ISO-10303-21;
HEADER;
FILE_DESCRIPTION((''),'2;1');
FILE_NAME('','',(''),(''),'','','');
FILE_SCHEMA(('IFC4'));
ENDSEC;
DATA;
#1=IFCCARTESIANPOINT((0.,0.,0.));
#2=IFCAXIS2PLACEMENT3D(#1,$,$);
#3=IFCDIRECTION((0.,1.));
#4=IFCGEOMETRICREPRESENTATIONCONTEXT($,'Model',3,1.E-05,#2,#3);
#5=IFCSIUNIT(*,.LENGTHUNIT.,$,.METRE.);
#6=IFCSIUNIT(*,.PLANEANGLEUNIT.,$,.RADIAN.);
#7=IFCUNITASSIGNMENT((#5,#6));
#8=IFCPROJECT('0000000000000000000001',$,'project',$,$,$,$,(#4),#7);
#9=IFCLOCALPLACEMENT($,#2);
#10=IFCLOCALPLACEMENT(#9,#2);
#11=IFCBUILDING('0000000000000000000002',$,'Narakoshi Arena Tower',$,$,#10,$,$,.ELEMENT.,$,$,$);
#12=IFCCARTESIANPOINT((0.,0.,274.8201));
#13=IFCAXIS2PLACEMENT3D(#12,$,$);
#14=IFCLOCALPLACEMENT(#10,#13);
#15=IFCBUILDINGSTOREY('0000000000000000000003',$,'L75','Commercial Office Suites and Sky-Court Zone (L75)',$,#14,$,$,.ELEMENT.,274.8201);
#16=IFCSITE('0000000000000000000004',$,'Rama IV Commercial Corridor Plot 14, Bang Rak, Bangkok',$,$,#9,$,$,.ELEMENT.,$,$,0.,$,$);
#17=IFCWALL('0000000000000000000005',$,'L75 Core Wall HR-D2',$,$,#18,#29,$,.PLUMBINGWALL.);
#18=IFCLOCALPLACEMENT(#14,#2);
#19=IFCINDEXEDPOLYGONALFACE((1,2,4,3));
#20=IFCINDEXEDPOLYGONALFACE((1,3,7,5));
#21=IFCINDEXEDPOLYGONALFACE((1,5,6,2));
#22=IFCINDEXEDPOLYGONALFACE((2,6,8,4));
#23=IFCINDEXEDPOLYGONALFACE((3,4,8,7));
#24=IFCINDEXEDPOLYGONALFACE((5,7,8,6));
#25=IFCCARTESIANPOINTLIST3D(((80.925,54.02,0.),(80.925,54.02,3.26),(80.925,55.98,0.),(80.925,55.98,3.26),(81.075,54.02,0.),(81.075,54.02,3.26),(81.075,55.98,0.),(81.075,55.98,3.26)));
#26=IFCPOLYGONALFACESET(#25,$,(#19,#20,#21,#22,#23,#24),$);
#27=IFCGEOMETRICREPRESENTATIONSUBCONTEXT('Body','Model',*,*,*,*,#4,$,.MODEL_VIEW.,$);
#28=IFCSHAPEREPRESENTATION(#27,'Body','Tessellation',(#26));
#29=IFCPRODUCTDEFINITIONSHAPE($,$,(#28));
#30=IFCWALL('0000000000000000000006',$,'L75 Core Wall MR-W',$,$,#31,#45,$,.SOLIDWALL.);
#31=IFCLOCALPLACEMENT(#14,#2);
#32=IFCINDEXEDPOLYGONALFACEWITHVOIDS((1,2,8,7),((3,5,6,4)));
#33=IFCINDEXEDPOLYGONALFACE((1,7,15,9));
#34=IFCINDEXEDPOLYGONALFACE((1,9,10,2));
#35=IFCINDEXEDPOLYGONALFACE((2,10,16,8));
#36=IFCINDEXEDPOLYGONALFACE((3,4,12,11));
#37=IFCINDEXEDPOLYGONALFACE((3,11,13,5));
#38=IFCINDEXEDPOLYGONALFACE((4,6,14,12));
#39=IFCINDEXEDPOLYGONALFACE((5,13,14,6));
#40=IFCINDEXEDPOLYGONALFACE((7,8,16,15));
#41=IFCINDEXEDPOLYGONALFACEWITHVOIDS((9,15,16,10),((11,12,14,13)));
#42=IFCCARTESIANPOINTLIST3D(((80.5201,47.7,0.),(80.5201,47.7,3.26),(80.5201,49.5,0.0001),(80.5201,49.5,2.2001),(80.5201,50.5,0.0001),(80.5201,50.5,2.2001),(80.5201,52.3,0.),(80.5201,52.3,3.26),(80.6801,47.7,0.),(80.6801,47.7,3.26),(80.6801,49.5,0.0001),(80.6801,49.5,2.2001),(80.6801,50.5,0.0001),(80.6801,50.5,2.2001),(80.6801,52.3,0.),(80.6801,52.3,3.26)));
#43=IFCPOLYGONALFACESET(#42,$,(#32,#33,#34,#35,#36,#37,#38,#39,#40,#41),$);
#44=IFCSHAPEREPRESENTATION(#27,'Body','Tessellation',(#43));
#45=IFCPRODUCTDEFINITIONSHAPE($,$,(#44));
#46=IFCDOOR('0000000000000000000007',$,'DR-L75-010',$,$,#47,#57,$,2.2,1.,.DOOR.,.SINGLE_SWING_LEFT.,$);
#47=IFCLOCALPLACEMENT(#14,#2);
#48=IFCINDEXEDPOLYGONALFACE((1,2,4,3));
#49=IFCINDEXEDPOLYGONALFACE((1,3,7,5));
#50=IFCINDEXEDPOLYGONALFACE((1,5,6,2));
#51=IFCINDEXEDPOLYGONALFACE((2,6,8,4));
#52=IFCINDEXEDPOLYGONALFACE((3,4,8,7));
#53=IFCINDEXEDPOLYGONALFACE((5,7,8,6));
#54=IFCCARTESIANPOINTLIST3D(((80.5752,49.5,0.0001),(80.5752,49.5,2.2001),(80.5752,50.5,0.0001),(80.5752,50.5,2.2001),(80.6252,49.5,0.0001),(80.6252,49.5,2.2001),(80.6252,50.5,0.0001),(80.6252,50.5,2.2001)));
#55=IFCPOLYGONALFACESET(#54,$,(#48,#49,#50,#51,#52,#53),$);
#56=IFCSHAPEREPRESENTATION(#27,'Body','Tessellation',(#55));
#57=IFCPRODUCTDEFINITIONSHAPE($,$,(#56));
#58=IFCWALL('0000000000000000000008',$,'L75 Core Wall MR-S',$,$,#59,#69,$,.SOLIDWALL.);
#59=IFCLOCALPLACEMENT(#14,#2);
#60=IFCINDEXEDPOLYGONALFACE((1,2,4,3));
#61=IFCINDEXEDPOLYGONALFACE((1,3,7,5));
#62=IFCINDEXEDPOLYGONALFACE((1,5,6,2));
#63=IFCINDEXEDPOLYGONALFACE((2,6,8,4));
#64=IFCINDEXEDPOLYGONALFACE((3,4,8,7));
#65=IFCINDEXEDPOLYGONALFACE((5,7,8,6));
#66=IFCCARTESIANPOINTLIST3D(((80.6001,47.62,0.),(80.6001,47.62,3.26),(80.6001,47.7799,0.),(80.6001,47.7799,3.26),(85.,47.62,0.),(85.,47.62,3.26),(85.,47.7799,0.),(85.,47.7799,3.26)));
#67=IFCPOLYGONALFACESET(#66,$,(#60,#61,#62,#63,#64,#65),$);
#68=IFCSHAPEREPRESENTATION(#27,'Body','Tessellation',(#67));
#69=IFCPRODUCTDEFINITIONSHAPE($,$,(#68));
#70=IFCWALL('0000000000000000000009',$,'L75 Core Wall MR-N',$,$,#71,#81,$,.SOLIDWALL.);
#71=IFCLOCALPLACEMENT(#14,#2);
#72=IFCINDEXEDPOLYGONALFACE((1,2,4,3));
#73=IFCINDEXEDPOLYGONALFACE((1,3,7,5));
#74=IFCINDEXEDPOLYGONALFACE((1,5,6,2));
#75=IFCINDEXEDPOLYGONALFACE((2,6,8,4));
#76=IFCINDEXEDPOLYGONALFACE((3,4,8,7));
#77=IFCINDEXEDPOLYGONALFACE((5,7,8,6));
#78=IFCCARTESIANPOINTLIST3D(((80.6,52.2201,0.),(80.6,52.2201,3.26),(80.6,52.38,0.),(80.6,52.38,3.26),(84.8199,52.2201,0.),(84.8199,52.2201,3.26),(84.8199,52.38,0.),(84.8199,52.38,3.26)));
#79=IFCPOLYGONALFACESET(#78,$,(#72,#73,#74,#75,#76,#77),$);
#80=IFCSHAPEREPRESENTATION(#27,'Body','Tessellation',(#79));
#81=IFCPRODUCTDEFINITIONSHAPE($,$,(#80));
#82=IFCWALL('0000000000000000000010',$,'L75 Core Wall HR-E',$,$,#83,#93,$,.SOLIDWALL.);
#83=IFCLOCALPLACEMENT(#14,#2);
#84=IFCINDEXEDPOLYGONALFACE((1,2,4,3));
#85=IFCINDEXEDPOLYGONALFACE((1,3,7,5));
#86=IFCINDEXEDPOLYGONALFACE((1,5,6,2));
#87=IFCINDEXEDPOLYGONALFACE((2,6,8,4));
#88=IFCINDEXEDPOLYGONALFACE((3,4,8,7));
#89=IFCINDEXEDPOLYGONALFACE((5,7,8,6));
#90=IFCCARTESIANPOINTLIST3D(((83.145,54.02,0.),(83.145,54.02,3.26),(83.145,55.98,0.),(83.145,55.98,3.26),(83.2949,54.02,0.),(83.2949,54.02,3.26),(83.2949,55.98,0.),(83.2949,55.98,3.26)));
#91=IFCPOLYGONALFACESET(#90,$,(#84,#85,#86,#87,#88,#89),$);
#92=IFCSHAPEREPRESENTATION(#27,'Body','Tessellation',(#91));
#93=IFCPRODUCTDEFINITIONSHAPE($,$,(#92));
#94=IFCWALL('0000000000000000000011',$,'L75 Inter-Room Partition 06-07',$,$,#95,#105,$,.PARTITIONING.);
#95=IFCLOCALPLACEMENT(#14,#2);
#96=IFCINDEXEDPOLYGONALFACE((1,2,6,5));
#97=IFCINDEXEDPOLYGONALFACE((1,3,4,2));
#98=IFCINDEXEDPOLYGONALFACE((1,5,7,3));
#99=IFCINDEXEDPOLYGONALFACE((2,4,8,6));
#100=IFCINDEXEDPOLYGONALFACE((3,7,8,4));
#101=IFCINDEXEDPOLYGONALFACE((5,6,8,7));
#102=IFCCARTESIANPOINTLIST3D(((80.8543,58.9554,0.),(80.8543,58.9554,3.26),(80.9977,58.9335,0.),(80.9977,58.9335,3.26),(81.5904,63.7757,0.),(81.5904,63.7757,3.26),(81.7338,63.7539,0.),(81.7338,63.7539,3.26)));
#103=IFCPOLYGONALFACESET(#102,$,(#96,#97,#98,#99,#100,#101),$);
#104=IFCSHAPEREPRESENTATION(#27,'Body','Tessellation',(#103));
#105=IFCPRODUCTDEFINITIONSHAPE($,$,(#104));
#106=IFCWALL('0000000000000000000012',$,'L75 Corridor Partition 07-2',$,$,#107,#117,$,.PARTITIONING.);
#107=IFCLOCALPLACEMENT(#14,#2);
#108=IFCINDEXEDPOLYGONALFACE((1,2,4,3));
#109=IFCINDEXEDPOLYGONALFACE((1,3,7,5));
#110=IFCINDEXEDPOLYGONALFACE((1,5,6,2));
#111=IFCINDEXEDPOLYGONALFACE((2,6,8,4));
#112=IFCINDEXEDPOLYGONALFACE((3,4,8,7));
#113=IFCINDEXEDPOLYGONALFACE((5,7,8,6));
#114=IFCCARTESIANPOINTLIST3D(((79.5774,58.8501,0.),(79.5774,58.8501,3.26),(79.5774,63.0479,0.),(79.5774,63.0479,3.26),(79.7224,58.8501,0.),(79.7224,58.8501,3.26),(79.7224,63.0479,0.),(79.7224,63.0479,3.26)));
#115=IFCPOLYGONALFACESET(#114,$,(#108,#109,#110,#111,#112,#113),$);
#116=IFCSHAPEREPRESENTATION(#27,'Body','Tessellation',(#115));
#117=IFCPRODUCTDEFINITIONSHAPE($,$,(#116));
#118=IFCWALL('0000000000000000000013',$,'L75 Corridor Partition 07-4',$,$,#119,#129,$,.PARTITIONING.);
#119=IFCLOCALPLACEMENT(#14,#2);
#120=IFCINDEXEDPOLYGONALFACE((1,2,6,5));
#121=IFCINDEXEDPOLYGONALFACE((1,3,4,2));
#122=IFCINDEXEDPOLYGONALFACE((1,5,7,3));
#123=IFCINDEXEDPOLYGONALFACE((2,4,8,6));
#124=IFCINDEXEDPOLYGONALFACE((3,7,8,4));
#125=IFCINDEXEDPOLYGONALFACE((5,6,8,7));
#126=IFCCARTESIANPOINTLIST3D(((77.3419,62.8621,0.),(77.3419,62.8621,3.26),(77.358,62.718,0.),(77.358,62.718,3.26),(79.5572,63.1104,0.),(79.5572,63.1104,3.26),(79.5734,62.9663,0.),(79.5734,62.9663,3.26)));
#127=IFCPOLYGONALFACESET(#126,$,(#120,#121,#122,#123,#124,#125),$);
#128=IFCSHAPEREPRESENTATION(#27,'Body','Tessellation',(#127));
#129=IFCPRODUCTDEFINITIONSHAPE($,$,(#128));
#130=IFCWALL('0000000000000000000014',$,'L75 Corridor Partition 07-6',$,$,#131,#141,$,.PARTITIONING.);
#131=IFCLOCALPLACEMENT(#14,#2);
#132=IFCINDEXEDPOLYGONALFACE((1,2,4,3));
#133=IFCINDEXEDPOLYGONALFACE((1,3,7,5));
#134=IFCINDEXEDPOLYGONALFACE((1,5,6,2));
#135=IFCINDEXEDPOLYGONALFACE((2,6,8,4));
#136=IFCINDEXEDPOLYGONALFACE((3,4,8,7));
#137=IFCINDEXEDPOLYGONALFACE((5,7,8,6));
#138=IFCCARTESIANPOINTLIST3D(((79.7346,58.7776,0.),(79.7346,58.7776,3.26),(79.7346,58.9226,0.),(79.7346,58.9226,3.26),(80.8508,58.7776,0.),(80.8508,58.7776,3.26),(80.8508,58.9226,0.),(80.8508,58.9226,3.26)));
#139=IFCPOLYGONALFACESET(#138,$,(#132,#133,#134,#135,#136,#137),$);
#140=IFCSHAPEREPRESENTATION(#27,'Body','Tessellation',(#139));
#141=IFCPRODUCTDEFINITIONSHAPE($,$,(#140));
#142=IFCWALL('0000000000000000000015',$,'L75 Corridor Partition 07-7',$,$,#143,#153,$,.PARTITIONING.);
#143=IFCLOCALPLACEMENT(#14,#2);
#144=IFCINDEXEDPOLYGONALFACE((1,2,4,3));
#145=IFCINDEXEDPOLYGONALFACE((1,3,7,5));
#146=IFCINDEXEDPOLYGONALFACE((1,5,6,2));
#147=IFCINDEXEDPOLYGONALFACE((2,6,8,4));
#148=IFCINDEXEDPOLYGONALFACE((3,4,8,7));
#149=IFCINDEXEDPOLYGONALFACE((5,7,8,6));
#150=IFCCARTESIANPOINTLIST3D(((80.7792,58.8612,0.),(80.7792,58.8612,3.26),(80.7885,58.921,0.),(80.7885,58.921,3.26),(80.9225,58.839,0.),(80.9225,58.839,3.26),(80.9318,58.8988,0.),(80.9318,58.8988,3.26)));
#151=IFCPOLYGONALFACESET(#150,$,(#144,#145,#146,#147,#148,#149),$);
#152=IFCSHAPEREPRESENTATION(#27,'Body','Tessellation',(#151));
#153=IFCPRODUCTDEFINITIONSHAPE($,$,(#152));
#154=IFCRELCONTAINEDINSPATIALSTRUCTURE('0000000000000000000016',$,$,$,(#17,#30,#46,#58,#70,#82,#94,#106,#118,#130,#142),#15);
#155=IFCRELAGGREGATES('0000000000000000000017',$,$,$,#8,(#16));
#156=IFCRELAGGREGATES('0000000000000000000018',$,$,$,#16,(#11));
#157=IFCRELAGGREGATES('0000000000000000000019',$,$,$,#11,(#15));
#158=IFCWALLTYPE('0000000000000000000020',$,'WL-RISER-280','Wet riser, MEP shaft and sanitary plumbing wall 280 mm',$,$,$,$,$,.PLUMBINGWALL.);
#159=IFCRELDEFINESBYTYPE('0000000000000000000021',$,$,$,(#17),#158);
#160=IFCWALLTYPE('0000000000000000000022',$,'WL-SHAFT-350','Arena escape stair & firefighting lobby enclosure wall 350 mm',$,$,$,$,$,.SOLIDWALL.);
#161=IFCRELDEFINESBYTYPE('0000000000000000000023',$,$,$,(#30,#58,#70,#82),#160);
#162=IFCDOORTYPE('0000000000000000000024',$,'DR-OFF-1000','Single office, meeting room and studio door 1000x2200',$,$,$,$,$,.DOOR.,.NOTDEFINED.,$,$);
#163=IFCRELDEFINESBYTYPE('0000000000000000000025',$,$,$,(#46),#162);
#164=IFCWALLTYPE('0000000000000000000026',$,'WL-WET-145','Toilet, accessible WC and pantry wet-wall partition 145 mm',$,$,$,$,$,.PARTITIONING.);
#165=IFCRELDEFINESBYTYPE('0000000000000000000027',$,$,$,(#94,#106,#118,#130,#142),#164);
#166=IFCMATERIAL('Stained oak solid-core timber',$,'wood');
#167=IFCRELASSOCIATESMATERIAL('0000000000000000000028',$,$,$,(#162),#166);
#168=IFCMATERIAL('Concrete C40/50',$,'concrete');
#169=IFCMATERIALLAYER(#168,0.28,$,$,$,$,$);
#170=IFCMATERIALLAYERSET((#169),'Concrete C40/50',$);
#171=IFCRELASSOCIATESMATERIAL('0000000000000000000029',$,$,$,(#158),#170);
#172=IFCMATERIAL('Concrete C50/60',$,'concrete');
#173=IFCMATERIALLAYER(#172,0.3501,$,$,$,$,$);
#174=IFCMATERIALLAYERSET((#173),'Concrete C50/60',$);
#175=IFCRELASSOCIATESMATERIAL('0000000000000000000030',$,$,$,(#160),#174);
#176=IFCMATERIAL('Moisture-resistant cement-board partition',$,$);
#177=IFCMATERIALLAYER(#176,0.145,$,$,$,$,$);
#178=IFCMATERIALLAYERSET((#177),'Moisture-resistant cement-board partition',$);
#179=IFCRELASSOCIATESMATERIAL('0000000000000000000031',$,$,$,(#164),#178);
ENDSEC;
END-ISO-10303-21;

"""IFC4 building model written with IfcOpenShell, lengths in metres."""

from ifc_helpers import new_model, si_unit, direction, frame, frame_2d, origin, place, context, subcontext, project, spatial, rectangle, extrude, material, layer, layer_set, type_object, element, fill, save


model = new_model("IFC4")

# Units and contexts
model_context = context("Model", 3, precision=1e-05, world=origin(), true_north=direction((0.0, 1.0)))
body_context = subcontext(model_context, "Body", "Model", "MODEL_VIEW")
ifc_project = project(units=[si_unit("LENGTHUNIT", "METRE"), si_unit("PLANEANGLEUNIT", "RADIAN")], contexts=[model_context])

# Site, building, storey
site_placement = place(None, origin())
site = spatial("IfcSite", under=ifc_project, at=site_placement, Name="Rama IV Commercial Corridor Plot 14, Bang Rak, Bangkok", CompositionType="ELEMENT", RefElevation=0.0)
building_placement = place(site_placement, origin())
building = spatial("IfcBuilding", under=site, at=building_placement, Name="Narakoshi Arena Tower", CompositionType="ELEMENT")
storey_placement = place(building_placement, frame((0.0, 0.0, 274.8201)))
storey = spatial("IfcBuildingStorey", under=building, at=storey_placement, Name="L75", Description="Commercial Office Suites and Sky-Court Zone (L75)", CompositionType="ELEMENT", Elevation=274.8201)

# Shared definitions
ifc_material_1 = material(Name="Concrete C50/60", Category="concrete")

# Shared definitions
ifc_material_2 = material(Name="Stained oak solid-core timber", Category="wood")
door_type_1 = type_object("IfcDoorType", Name="DR-OFF-1000", Description="Single office, meeting room and studio door 1000x2200", OperationType="NOTDEFINED", PredefinedType="DOOR", material=ifc_material_2)

# Shared definitions
ifc_material_3 = material(Name="Concrete C40/50", Category="concrete")
ifc_layer_1 = layer(ifc_material_3, 0.28)
ifc_layer_set_1 = layer_set([ifc_layer_1], Name="Concrete C40/50")
wall_type_1 = type_object("IfcWallType", Name="WL-RISER-280", Description="Wet riser, MEP shaft and sanitary plumbing wall 280 mm", PredefinedType="PLUMBINGWALL", material=ifc_layer_set_1)

# Wall
wall_1_placement = place(storey_placement, frame((81.0, 54.02, 0.0), z_axis=(0.0, 0.0, 1.0), x_axis=(0.0, 1.0, 0.0)))
element("IfcWall", 1, at=wall_1_placement, inside=storey, type_object=wall_type_1, Name="L75 Core Wall HR-D2", PredefinedType="PLUMBINGWALL", context=body_context, shape_type="SweptSolid", body=[
    extrude(rectangle(XDim=1.96, YDim=0.1499, at=frame_2d((0.98, 0.0))), origin(), (0.0, 0.0, 1.0), 3.26),
])

# Wall, opening, door
ifc_layer_2 = layer(ifc_material_1, 0.3501)
ifc_layer_set_2 = layer_set([ifc_layer_2], Name="Concrete C50/60")
wall_type_2 = type_object("IfcWallType", Name="WL-SHAFT-350", Description="Arena escape stair & firefighting lobby enclosure wall 350 mm", PredefinedType="SOLIDWALL", material=ifc_layer_set_2)
wall_2_placement = place(storey_placement, frame((80.6001, 47.7, 0.0), z_axis=(0.0, 0.0, 1.0), x_axis=(0.0, 1.0, 0.0)))
wall_2 = element("IfcWall", 2, at=wall_2_placement, inside=storey, type_object=wall_type_2, Name="L75 Core Wall MR-W", PredefinedType="SOLIDWALL", context=body_context, shape_type="SweptSolid", body=[
    extrude(rectangle(XDim=4.6001, YDim=0.1599, at=frame_2d((2.3, 0.0))), origin(), (0.0, 0.0, 1.0), 3.26),
])
opening_1_placement = place(wall_2_placement, frame((1.8, 0.0, 0.0)))
opening_1 = element("IfcOpeningElement", 3, at=opening_1_placement, cuts=wall_2, PredefinedType="OPENING", context=body_context, shape_type="SweptSolid", body=[
    extrude(rectangle(XDim=1.0, YDim=2.2, at=frame_2d((0.5, 1.1001))), frame((0.0, 0.0898, 0.0), z_axis=(0.0, -1.0, 0.0), x_axis=(1.0, 0.0, 0.0)), (0.0, 0.0, 1.0), 0.1799),
])
door_1_placement = place(opening_1_placement, origin())
door_1 = element("IfcDoor", 4, at=door_1_placement, inside=storey, type_object=door_type_1, Name="DR-L75-010", OperationType="SINGLE_SWING_LEFT", OverallHeight=2.2, OverallWidth=1.0, PredefinedType="DOOR", context=body_context, shape_type="SweptSolid", body=[
    extrude(rectangle(XDim=1.0, YDim=2.2, at=frame_2d((0.5, 1.1001))), frame((0.0, 0.0249, 0.0), z_axis=(0.0, -1.0, 0.0), x_axis=(1.0, 0.0, 0.0)), (0.0, 0.0, 1.0), 0.05),
])
fill(opening_1, door_1)

# Walls
wall_3_placement = place(storey_placement, frame((80.6001, 47.7, 0.0), z_axis=(0.0, 0.0, 1.0), x_axis=(1.0, 0.0, 0.0)))
element("IfcWall", 5, at=wall_3_placement, inside=storey, type_object=wall_type_2, Name="L75 Core Wall MR-S", PredefinedType="SOLIDWALL", context=body_context, shape_type="SweptSolid", body=[
    extrude(rectangle(XDim=4.3999, YDim=0.1599, at=frame_2d((2.2, 0.0))), origin(), (0.0, 0.0, 1.0), 3.26),
])
wall_4_placement = place(storey_placement, frame((80.6001, 52.3, 0.0), z_axis=(0.0, 0.0, 1.0), x_axis=(1.0, 0.0, 0.0)))
element("IfcWall", 6, at=wall_4_placement, inside=storey, type_object=wall_type_2, Name="L75 Core Wall MR-N", PredefinedType="SOLIDWALL", context=body_context, shape_type="SweptSolid", body=[
    extrude(rectangle(XDim=4.22, YDim=0.1599, at=frame_2d((2.1099, 0.0))), origin(), (0.0, 0.0, 1.0), 3.26),
])
wall_5_placement = place(storey_placement, frame((83.22, 54.02, 0.0), z_axis=(0.0, 0.0, 1.0), x_axis=(0.0, 1.0, 0.0)))
element("IfcWall", 7, at=wall_5_placement, inside=storey, type_object=wall_type_2, Name="L75 Core Wall HR-E", PredefinedType="SOLIDWALL", context=body_context, shape_type="SweptSolid", body=[
    extrude(rectangle(XDim=1.96, YDim=0.1499, at=frame_2d((0.98, 0.0))), origin(), (0.0, 0.0, 1.0), 3.26),
])
ifc_material_4 = material(Name="Moisture-resistant cement-board partition")
ifc_layer_3 = layer(ifc_material_4, 0.145)
ifc_layer_set_3 = layer_set([ifc_layer_3], Name="Moisture-resistant cement-board partition")
wall_type_3 = type_object("IfcWallType", Name="WL-WET-145", Description="Toilet, accessible WC and pantry wet-wall partition 145 mm", PredefinedType="PARTITIONING", material=ifc_layer_set_3)
wall_6_placement = place(storey_placement, frame((80.926, 58.9446, 0.0), z_axis=(0.0, 0.0, 1.0), x_axis=(0.150955, 0.988541, 0.0)))
element("IfcWall", 8, at=wall_6_placement, inside=storey, type_object=wall_type_3, Name="L75 Inter-Room Partition 06-07", PredefinedType="PARTITIONING", context=body_context, shape_type="SweptSolid", body=[
    extrude(rectangle(XDim=4.8762, YDim=0.145, at=frame_2d((2.438, 0.0))), origin(), (0.0, 0.0, 1.0), 3.26),
])
wall_7_placement = place(storey_placement, frame((79.6499, 58.8501, 0.0), z_axis=(0.0, 0.0, 1.0), x_axis=(0.0, 1.0, 0.0)))
element("IfcWall", 9, at=wall_7_placement, inside=storey, type_object=wall_type_3, Name="L75 Corridor Partition 07-2", PredefinedType="PARTITIONING", context=body_context, shape_type="SweptSolid", body=[
    extrude(rectangle(XDim=4.1978, YDim=0.145, at=frame_2d((2.0989, 0.0))), origin(), (0.0, 0.0, 1.0), 3.26),
])
wall_8_placement = place(storey_placement, frame((79.5654, 63.0383, 0.0), z_axis=(0.0, 0.0, 1.0), x_axis=(-0.993778, -0.111381, 0.0)))
element("IfcWall", 10, at=wall_8_placement, inside=storey, type_object=wall_type_3, Name="L75 Corridor Partition 07-4", PredefinedType="PARTITIONING", context=body_context, shape_type="SweptSolid", body=[
    extrude(rectangle(XDim=2.2292, YDim=0.145, at=frame_2d((1.1147, 0.0))), origin(), (0.0, 0.0, 1.0), 3.26),
])
wall_9_placement = place(storey_placement, frame((80.8508, 58.8501, 0.0), z_axis=(0.0, 0.0, 1.0), x_axis=(-1.0, 0.0, 0.0)))
element("IfcWall", 11, at=wall_9_placement, inside=storey, type_object=wall_type_3, Name="L75 Corridor Partition 07-6", PredefinedType="PARTITIONING", context=body_context, shape_type="SweptSolid", body=[
    extrude(rectangle(XDim=1.1162, YDim=0.145, at=frame_2d((0.5581, 0.0))), origin(), (0.0, 0.0, 1.0), 3.26),
])
wall_10_placement = place(storey_placement, frame((80.8601, 58.9099, 0.0), z_axis=(0.0, 0.0, 1.0), x_axis=(-0.153269, -0.988184, 0.0)))
element("IfcWall", 12, at=wall_10_placement, inside=storey, type_object=wall_type_3, Name="L75 Corridor Partition 07-7", PredefinedType="PARTITIONING", context=body_context, shape_type="SweptSolid", body=[
    extrude(rectangle(XDim=0.0605, YDim=0.145, at=frame_2d((0.0303, 0.0))), origin(), (0.0, 0.0, 1.0), 3.26),
])

save(model, "model.ifc")
